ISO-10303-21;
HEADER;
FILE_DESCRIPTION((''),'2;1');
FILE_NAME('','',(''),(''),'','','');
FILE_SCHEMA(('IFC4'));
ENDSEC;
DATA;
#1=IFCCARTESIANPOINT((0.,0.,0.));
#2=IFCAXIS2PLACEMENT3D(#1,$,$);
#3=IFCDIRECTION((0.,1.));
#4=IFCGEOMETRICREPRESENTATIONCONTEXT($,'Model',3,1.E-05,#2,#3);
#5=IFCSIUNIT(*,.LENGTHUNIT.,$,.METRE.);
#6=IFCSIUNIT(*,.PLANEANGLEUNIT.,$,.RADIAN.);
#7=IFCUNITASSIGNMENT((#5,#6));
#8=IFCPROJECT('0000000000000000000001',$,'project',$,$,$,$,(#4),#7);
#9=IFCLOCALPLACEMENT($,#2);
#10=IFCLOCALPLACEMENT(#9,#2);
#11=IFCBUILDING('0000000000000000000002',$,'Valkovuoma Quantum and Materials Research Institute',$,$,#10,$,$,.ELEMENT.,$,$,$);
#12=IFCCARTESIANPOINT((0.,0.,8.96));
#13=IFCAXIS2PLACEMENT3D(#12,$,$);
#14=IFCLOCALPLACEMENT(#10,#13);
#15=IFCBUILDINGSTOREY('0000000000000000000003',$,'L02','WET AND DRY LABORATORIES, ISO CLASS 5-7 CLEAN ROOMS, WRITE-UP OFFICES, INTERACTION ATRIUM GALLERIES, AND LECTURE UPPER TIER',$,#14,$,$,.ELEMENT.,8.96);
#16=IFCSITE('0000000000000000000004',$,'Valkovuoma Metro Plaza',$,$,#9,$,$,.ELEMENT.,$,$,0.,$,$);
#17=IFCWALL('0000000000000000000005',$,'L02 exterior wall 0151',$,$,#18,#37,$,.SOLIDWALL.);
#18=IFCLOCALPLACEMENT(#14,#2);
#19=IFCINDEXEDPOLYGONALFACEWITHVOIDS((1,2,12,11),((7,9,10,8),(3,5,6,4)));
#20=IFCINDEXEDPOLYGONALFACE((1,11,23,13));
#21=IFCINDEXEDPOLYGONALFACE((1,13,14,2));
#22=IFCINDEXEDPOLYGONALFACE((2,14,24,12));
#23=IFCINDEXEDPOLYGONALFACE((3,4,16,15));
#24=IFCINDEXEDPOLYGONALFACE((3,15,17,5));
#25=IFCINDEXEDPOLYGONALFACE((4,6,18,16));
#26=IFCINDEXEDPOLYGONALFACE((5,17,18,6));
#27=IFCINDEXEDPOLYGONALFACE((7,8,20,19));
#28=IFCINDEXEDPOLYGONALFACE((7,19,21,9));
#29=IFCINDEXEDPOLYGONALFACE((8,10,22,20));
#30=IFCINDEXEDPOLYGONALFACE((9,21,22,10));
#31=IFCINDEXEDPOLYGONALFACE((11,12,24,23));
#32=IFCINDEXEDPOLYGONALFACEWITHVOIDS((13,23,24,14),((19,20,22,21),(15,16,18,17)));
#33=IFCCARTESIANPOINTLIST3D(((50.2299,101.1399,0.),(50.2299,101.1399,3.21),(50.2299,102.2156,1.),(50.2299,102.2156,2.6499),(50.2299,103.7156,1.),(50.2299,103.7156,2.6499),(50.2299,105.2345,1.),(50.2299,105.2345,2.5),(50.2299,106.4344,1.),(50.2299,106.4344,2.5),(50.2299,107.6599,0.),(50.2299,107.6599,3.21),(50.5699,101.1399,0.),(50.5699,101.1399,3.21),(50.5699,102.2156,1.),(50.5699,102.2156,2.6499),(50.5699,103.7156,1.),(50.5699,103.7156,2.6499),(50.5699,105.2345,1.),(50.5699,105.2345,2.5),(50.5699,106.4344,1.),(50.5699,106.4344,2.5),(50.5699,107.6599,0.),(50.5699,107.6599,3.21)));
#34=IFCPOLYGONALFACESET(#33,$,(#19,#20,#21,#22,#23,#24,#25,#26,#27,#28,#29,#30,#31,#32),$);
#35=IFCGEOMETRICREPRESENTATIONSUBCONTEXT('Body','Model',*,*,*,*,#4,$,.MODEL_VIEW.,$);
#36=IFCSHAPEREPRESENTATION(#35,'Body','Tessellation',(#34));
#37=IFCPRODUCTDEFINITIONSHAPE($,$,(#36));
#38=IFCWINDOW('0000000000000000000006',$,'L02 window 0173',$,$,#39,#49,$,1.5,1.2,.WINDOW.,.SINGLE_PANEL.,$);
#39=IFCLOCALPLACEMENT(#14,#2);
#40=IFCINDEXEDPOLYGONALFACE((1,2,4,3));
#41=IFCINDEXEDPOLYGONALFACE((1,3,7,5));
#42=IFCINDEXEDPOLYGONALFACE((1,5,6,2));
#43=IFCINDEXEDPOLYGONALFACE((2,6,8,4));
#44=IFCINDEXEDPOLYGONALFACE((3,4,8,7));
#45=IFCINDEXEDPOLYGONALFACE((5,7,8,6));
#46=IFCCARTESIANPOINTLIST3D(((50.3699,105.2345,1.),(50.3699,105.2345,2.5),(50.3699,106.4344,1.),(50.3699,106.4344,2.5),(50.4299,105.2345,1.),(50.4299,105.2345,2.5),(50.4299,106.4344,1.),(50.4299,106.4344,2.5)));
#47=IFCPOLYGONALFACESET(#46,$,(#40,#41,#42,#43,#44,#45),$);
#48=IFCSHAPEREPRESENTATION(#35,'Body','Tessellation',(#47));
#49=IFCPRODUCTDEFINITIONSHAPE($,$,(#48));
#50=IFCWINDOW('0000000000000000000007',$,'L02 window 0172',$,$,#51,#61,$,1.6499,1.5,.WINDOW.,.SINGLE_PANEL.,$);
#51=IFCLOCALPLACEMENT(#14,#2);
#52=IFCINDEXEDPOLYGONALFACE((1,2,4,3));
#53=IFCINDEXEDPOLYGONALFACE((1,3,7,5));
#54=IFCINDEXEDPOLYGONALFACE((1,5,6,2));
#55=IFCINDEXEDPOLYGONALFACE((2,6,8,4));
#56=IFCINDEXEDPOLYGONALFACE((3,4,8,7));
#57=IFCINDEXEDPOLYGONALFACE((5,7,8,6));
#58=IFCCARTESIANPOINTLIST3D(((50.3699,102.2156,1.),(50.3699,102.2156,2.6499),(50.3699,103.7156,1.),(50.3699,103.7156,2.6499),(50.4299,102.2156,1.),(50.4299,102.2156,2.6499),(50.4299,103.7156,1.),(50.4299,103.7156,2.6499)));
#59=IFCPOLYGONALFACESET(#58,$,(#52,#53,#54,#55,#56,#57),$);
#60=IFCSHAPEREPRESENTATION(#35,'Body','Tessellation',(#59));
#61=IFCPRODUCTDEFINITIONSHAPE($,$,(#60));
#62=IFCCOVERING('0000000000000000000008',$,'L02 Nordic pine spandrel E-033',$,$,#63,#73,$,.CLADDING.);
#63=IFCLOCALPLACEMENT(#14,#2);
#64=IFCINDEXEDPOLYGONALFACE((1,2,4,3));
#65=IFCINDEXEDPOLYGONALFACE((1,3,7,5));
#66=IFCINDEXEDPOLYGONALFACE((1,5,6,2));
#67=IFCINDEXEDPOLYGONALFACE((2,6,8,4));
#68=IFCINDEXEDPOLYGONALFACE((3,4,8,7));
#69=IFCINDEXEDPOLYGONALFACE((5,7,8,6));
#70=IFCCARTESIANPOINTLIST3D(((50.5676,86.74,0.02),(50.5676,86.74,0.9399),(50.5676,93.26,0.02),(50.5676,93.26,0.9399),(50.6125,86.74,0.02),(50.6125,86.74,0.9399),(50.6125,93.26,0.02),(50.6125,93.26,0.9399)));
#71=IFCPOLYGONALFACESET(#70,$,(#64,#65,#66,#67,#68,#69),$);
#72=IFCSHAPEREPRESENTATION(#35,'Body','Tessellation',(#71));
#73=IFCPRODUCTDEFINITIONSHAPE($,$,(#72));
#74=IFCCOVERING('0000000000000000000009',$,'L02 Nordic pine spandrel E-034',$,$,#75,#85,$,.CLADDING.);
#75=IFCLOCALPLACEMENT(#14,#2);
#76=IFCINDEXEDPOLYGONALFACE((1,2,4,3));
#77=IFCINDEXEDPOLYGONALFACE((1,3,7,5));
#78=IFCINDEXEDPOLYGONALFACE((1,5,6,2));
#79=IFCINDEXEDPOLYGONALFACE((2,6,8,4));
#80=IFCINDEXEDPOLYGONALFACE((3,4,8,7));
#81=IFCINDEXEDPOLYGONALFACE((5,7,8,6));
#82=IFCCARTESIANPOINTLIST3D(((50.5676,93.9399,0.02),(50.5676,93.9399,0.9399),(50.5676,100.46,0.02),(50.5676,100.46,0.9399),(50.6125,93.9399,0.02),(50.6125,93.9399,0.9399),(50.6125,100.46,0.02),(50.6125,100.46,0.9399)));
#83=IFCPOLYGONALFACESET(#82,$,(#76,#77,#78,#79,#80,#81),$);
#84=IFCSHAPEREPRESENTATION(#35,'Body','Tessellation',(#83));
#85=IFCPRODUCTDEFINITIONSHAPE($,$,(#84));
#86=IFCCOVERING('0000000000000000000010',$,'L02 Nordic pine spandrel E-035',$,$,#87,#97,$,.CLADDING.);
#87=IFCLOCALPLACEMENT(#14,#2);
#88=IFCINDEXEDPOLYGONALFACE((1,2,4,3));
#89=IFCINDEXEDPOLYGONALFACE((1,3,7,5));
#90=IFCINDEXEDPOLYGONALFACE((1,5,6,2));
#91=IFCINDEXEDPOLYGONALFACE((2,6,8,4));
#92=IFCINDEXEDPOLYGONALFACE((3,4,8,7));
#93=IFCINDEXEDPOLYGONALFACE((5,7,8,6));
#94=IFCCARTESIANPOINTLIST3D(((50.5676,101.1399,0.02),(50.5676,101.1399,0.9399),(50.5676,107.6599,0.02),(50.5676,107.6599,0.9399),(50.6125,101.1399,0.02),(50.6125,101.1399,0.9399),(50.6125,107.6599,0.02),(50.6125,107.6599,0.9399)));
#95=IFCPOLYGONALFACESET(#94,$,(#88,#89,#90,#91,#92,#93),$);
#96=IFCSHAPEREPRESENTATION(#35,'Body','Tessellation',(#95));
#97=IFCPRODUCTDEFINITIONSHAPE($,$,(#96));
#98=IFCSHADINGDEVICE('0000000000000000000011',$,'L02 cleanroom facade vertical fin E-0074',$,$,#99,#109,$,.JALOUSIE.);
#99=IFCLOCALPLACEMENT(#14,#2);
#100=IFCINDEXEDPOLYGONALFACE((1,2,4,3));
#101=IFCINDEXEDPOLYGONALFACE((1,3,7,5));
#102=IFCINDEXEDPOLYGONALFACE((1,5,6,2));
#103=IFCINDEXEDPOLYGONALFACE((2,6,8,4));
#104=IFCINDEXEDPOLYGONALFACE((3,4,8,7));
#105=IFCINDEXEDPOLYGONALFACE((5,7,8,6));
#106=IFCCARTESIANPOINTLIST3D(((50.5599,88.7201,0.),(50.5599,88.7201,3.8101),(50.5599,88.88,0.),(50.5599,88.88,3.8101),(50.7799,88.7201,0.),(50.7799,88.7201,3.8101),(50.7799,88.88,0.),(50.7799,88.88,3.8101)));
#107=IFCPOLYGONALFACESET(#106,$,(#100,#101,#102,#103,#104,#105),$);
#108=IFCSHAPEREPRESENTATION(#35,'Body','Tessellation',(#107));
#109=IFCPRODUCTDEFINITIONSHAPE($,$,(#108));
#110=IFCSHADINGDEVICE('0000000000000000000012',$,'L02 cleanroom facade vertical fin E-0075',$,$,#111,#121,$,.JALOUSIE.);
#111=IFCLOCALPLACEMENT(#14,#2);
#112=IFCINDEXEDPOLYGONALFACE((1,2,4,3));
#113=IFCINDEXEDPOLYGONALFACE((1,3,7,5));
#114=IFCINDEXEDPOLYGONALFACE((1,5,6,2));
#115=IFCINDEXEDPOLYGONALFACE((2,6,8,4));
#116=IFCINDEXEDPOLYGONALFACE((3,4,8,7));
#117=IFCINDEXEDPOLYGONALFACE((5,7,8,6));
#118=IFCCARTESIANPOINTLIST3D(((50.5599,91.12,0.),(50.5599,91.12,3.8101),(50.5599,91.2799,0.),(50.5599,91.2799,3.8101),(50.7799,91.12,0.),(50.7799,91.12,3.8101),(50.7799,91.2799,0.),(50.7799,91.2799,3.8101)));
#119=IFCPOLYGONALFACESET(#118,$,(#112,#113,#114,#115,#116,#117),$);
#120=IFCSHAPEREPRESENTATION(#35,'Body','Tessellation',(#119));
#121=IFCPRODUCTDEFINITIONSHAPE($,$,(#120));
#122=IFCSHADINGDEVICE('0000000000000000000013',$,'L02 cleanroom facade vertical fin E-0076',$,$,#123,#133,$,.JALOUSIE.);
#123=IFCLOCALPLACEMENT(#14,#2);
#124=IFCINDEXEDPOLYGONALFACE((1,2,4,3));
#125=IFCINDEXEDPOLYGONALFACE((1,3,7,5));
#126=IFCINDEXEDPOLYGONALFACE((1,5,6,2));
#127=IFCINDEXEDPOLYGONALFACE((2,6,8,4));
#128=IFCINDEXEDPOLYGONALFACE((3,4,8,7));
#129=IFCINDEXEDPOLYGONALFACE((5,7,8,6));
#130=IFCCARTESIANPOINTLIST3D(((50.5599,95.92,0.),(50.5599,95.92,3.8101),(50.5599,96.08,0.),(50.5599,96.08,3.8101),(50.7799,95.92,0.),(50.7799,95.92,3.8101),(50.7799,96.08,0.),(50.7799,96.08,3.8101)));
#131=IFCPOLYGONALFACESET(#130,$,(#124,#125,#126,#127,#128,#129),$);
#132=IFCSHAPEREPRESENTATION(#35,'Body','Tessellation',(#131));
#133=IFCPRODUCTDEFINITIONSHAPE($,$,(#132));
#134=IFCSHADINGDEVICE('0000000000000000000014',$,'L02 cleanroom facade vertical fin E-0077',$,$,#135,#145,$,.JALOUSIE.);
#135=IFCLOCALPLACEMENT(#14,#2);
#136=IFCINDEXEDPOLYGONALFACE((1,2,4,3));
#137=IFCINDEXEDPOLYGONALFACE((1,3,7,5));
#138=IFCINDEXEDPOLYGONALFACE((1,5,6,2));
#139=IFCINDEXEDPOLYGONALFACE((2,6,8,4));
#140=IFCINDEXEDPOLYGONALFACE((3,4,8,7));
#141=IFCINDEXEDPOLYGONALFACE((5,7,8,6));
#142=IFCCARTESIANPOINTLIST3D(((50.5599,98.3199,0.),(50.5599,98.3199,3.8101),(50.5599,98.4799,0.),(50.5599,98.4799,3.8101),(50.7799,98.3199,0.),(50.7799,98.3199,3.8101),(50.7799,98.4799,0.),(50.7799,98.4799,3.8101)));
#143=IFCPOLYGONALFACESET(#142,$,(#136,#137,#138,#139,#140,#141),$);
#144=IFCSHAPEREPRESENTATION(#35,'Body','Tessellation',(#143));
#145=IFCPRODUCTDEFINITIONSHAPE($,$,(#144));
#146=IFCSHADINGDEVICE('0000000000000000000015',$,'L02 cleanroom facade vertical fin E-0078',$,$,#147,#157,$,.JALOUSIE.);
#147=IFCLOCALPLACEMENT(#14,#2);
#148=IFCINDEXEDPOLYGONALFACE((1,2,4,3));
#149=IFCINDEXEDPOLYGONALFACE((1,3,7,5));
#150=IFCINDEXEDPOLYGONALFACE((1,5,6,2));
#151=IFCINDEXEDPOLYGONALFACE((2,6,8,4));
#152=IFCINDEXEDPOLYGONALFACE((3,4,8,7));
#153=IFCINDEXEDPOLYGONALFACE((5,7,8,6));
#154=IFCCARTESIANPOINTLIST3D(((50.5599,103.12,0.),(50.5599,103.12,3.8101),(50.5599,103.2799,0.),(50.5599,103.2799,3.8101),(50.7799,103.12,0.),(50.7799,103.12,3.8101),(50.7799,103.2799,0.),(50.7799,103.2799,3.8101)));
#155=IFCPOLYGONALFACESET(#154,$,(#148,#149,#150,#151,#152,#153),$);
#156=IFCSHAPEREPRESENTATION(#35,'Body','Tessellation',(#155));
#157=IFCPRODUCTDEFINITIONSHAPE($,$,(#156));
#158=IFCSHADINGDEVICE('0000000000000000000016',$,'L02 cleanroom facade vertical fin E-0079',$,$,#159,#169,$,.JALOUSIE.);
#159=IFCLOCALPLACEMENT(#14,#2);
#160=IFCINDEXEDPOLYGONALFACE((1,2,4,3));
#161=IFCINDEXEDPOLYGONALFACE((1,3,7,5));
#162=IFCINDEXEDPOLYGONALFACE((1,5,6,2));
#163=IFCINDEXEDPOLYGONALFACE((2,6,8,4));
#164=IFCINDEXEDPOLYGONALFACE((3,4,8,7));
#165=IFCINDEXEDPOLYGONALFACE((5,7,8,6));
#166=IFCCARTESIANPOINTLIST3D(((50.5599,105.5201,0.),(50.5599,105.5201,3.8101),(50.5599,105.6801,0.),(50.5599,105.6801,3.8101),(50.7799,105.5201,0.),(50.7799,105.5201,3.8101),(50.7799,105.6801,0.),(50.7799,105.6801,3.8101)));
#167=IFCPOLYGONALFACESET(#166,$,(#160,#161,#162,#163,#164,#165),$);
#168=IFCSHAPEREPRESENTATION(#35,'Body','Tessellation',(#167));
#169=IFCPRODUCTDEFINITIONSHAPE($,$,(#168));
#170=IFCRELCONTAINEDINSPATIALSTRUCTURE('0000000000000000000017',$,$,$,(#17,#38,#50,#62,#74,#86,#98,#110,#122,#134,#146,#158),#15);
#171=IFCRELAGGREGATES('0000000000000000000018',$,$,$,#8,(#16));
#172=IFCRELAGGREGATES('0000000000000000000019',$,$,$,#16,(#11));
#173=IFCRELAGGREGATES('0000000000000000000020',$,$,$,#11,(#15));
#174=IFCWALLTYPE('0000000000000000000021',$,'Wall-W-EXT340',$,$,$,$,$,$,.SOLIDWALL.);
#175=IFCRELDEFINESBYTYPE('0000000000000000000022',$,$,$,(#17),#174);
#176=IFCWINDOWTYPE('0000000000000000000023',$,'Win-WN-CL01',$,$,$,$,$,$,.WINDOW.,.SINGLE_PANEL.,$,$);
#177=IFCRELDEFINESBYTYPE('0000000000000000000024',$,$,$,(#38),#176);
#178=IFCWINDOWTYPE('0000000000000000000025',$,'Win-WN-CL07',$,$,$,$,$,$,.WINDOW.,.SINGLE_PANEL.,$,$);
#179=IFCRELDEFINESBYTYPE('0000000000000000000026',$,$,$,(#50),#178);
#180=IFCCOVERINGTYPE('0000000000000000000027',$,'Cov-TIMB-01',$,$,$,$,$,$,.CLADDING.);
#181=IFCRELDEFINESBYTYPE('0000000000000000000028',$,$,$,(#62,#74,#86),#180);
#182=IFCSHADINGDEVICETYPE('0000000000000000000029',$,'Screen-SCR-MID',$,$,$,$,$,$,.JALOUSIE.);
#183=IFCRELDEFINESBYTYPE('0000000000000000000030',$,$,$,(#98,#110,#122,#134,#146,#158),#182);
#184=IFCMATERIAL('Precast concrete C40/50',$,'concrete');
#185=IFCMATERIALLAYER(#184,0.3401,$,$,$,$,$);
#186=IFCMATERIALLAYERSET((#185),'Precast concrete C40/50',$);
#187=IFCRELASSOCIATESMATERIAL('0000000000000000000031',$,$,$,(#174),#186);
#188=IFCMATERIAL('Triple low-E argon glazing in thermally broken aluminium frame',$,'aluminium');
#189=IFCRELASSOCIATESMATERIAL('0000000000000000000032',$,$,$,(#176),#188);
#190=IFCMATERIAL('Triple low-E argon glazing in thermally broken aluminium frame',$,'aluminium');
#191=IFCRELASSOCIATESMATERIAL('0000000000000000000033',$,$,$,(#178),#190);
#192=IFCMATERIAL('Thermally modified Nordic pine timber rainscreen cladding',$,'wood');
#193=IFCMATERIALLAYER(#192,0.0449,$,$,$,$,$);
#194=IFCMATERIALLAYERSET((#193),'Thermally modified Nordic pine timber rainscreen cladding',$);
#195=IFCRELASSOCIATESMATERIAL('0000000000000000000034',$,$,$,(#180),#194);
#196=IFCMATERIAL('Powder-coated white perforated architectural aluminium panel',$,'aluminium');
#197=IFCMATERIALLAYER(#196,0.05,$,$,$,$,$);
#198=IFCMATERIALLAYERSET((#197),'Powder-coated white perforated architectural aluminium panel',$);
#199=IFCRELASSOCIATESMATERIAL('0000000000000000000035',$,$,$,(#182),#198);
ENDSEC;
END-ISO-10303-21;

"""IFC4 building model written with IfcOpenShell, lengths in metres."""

from ifc_helpers import new_model, si_unit, direction, frame, frame_2d, origin, origin_2d, place, context, subcontext, project, spatial, rectangle, extrude, material, layer, layer_set, type_object, element, fill, save


model = new_model("IFC4")

# Units and contexts
model_context = context("Model", 3, precision=1e-05, world=origin(), true_north=direction((0.0, 1.0)))
body_context = subcontext(model_context, "Body", "Model", "MODEL_VIEW")
ifc_project = project(units=[si_unit("LENGTHUNIT", "METRE"), si_unit("PLANEANGLEUNIT", "RADIAN")], contexts=[model_context])

# Site, building, storey
site_placement = place(None, origin())
site = spatial("IfcSite", under=ifc_project, at=site_placement, Name="Valkovuoma Metro Plaza", CompositionType="ELEMENT", RefElevation=0.0)
building_placement = place(site_placement, origin())
building = spatial("IfcBuilding", under=site, at=building_placement, Name="Valkovuoma Quantum and Materials Research Institute", CompositionType="ELEMENT")
storey_placement = place(building_placement, frame((0.0, 0.0, 8.96)))
storey = spatial("IfcBuildingStorey", under=building, at=storey_placement, Name="L02", Description="WET AND DRY LABORATORIES, ISO CLASS 5-7 CLEAN ROOMS, WRITE-UP OFFICES, INTERACTION ATRIUM GALLERIES, AND LECTURE UPPER TIER", CompositionType="ELEMENT", Elevation=8.96)

# Wall, openings, windows
ifc_material_1 = material(Name="Precast concrete C40/50", Category="concrete")
ifc_layer_1 = layer(ifc_material_1, 0.3401)
ifc_layer_set_1 = layer_set([ifc_layer_1], Name="Precast concrete C40/50")
wall_type = type_object("IfcWallType", Name="Wall-W-EXT340", PredefinedType="SOLIDWALL", material=ifc_layer_set_1)
wall_1_placement = place(storey_placement, frame((50.3999, 101.1399, 0.0), z_axis=(0.0, 0.0, 1.0), x_axis=(0.0, 1.0, 0.0)))
wall_1 = element("IfcWall", 1, at=wall_1_placement, inside=storey, type_object=wall_type, Name="L02 exterior wall 0151", PredefinedType="SOLIDWALL", context=body_context, shape_type="SweptSolid", body=[
    extrude(rectangle(XDim=6.52, YDim=0.3401, at=frame_2d((3.26, 0.0))), origin(), (0.0, 0.0, 1.0), 3.21),
])
opening_1_placement = place(wall_1_placement, frame((1.0757, 0.0, 1.0)))
opening_1 = element("IfcOpeningElement", 2, at=opening_1_placement, cuts=wall_1, PredefinedType="OPENING", context=body_context, shape_type="SweptSolid", body=[
    extrude(rectangle(XDim=1.5, YDim=1.6499, at=frame_2d((0.75, 0.825))), frame((0.0, 0.1802, 0.0), z_axis=(0.0, -1.0, 0.0), x_axis=(1.0, 0.0, 0.0)), (0.0, 0.0, 1.0), 0.3601),
])
opening_2_placement = place(wall_1_placement, frame((4.0945, 0.0, 1.0)))
opening_2 = element("IfcOpeningElement", 3, at=opening_2_placement, cuts=wall_1, PredefinedType="OPENING", context=body_context, shape_type="SweptSolid", body=[
    extrude(rectangle(XDim=1.2, YDim=1.5, at=frame_2d((0.6001, 0.75))), frame((0.0, 0.1802, 0.0), z_axis=(0.0, -1.0, 0.0), x_axis=(1.0, 0.0, 0.0)), (0.0, 0.0, 1.0), 0.3601),
])
ifc_material_2 = material(Name="Triple low-E argon glazing in thermally broken aluminium frame", Category="aluminium")
window_type_1 = type_object("IfcWindowType", Name="Win-WN-CL01", PartitioningType="SINGLE_PANEL", PredefinedType="WINDOW", material=ifc_material_2)
window_1_placement = place(opening_2_placement, origin())
window_1 = element("IfcWindow", 4, at=window_1_placement, inside=storey, type_object=window_type_1, Name="L02 window 0173", OverallHeight=1.5, OverallWidth=1.2, PartitioningType="SINGLE_PANEL", PredefinedType="WINDOW", context=body_context, shape_type="SweptSolid", body=[
    extrude(rectangle(XDim=1.2, YDim=1.5, at=frame_2d((0.6001, 0.75))), frame((0.0, 0.03, 0.0), z_axis=(0.0, -1.0, 0.0), x_axis=(1.0, 0.0, 0.0)), (0.0, 0.0, 1.0), 0.0601),
])
fill(opening_2, window_1)
ifc_material_3 = material(Name="Triple low-E argon glazing in thermally broken aluminium frame", Category="aluminium")
window_type_2 = type_object("IfcWindowType", Name="Win-WN-CL07", PartitioningType="SINGLE_PANEL", PredefinedType="WINDOW", material=ifc_material_3)
window_2_placement = place(opening_1_placement, origin())
window_2 = element("IfcWindow", 5, at=window_2_placement, inside=storey, type_object=window_type_2, Name="L02 window 0172", OverallHeight=1.6499, OverallWidth=1.5, PartitioningType="SINGLE_PANEL", PredefinedType="WINDOW", context=body_context, shape_type="SweptSolid", body=[
    extrude(rectangle(XDim=1.5, YDim=1.6499, at=frame_2d((0.75, 0.825))), frame((0.0, 0.03, 0.0), z_axis=(0.0, -1.0, 0.0), x_axis=(1.0, 0.0, 0.0)), (0.0, 0.0, 1.0), 0.0601),
])
fill(opening_1, window_2)

# Coverings
ifc_material_4 = material(Name="Thermally modified Nordic pine timber rainscreen cladding", Category="wood")
ifc_layer_2 = layer(ifc_material_4, 0.0449)
ifc_layer_set_2 = layer_set([ifc_layer_2], Name="Thermally modified Nordic pine timber rainscreen cladding")
covering_type = type_object("IfcCoveringType", Name="Cov-TIMB-01", PredefinedType="CLADDING", material=ifc_layer_set_2)
for number, where, z_axis, x_axis, name in (
    (6, (50.5901, 90.0, 0.02), (0.0, 0.0, 1.0), (1.0, 0.0, 0.0), "L02 Nordic pine spandrel E-033"),
    (7, (50.5901, 97.2, 0.02), (0.0, 0.0, 1.0), (1.0, 0.0, 0.0), "L02 Nordic pine spandrel E-034"),
    (8, (50.5901, 104.3999, 0.02), (0.0, 0.0, 1.0), (1.0, 0.0, 0.0), "L02 Nordic pine spandrel E-035"),
):
    element("IfcCovering", number, at=place(storey_placement, frame(where, z_axis=z_axis, x_axis=x_axis)), inside=storey, type_object=covering_type, Name=name, PredefinedType="CLADDING", context=body_context, shape_type="SweptSolid", body=[
        extrude(rectangle(XDim=0.0449, YDim=6.52, at=origin_2d()), origin(), (0.0, 0.0, 1.0), 0.9199),
    ])

# Shading devices
ifc_material_5 = material(Name="Powder-coated white perforated architectural aluminium panel", Category="aluminium")
ifc_layer_3 = layer(ifc_material_5, 0.05)
ifc_layer_set_3 = layer_set([ifc_layer_3], Name="Powder-coated white perforated architectural aluminium panel")
shading_device_type = type_object("IfcShadingDeviceType", Name="Screen-SCR-MID", PredefinedType="JALOUSIE", material=ifc_layer_set_3)
for number, where, z_axis, x_axis, name in (
    (9, (50.6699, 88.8, 0.0), (0.0, 0.0, 1.0), (1.0, 0.0, 0.0), "L02 cleanroom facade vertical fin E-0074"),
    (10, (50.6699, 91.2, 0.0), (0.0, 0.0, 1.0), (1.0, 0.0, 0.0), "L02 cleanroom facade vertical fin E-0075"),
    (11, (50.6699, 96.0, 0.0), (0.0, 0.0, 1.0), (1.0, 0.0, 0.0), "L02 cleanroom facade vertical fin E-0076"),
    (12, (50.6699, 98.3999, 0.0), (0.0, 0.0, 1.0), (1.0, 0.0, 0.0), "L02 cleanroom facade vertical fin E-0077"),
    (13, (50.6699, 103.2, 0.0), (0.0, 0.0, 1.0), (1.0, 0.0, 0.0), "L02 cleanroom facade vertical fin E-0078"),
    (14, (50.6699, 105.6001, 0.0), (0.0, 0.0, 1.0), (1.0, 0.0, 0.0), "L02 cleanroom facade vertical fin E-0079"),
):
    element("IfcShadingDevice", number, at=place(storey_placement, frame(where, z_axis=z_axis, x_axis=x_axis)), inside=storey, type_object=shading_device_type, Name=name, PredefinedType="JALOUSIE", context=body_context, shape_type="SweptSolid", body=[
        extrude(rectangle(XDim=0.22, YDim=0.1599, at=origin_2d()), origin(), (0.0, 0.0, 1.0), 3.8101),
    ])

save(model, "model.ifc")
